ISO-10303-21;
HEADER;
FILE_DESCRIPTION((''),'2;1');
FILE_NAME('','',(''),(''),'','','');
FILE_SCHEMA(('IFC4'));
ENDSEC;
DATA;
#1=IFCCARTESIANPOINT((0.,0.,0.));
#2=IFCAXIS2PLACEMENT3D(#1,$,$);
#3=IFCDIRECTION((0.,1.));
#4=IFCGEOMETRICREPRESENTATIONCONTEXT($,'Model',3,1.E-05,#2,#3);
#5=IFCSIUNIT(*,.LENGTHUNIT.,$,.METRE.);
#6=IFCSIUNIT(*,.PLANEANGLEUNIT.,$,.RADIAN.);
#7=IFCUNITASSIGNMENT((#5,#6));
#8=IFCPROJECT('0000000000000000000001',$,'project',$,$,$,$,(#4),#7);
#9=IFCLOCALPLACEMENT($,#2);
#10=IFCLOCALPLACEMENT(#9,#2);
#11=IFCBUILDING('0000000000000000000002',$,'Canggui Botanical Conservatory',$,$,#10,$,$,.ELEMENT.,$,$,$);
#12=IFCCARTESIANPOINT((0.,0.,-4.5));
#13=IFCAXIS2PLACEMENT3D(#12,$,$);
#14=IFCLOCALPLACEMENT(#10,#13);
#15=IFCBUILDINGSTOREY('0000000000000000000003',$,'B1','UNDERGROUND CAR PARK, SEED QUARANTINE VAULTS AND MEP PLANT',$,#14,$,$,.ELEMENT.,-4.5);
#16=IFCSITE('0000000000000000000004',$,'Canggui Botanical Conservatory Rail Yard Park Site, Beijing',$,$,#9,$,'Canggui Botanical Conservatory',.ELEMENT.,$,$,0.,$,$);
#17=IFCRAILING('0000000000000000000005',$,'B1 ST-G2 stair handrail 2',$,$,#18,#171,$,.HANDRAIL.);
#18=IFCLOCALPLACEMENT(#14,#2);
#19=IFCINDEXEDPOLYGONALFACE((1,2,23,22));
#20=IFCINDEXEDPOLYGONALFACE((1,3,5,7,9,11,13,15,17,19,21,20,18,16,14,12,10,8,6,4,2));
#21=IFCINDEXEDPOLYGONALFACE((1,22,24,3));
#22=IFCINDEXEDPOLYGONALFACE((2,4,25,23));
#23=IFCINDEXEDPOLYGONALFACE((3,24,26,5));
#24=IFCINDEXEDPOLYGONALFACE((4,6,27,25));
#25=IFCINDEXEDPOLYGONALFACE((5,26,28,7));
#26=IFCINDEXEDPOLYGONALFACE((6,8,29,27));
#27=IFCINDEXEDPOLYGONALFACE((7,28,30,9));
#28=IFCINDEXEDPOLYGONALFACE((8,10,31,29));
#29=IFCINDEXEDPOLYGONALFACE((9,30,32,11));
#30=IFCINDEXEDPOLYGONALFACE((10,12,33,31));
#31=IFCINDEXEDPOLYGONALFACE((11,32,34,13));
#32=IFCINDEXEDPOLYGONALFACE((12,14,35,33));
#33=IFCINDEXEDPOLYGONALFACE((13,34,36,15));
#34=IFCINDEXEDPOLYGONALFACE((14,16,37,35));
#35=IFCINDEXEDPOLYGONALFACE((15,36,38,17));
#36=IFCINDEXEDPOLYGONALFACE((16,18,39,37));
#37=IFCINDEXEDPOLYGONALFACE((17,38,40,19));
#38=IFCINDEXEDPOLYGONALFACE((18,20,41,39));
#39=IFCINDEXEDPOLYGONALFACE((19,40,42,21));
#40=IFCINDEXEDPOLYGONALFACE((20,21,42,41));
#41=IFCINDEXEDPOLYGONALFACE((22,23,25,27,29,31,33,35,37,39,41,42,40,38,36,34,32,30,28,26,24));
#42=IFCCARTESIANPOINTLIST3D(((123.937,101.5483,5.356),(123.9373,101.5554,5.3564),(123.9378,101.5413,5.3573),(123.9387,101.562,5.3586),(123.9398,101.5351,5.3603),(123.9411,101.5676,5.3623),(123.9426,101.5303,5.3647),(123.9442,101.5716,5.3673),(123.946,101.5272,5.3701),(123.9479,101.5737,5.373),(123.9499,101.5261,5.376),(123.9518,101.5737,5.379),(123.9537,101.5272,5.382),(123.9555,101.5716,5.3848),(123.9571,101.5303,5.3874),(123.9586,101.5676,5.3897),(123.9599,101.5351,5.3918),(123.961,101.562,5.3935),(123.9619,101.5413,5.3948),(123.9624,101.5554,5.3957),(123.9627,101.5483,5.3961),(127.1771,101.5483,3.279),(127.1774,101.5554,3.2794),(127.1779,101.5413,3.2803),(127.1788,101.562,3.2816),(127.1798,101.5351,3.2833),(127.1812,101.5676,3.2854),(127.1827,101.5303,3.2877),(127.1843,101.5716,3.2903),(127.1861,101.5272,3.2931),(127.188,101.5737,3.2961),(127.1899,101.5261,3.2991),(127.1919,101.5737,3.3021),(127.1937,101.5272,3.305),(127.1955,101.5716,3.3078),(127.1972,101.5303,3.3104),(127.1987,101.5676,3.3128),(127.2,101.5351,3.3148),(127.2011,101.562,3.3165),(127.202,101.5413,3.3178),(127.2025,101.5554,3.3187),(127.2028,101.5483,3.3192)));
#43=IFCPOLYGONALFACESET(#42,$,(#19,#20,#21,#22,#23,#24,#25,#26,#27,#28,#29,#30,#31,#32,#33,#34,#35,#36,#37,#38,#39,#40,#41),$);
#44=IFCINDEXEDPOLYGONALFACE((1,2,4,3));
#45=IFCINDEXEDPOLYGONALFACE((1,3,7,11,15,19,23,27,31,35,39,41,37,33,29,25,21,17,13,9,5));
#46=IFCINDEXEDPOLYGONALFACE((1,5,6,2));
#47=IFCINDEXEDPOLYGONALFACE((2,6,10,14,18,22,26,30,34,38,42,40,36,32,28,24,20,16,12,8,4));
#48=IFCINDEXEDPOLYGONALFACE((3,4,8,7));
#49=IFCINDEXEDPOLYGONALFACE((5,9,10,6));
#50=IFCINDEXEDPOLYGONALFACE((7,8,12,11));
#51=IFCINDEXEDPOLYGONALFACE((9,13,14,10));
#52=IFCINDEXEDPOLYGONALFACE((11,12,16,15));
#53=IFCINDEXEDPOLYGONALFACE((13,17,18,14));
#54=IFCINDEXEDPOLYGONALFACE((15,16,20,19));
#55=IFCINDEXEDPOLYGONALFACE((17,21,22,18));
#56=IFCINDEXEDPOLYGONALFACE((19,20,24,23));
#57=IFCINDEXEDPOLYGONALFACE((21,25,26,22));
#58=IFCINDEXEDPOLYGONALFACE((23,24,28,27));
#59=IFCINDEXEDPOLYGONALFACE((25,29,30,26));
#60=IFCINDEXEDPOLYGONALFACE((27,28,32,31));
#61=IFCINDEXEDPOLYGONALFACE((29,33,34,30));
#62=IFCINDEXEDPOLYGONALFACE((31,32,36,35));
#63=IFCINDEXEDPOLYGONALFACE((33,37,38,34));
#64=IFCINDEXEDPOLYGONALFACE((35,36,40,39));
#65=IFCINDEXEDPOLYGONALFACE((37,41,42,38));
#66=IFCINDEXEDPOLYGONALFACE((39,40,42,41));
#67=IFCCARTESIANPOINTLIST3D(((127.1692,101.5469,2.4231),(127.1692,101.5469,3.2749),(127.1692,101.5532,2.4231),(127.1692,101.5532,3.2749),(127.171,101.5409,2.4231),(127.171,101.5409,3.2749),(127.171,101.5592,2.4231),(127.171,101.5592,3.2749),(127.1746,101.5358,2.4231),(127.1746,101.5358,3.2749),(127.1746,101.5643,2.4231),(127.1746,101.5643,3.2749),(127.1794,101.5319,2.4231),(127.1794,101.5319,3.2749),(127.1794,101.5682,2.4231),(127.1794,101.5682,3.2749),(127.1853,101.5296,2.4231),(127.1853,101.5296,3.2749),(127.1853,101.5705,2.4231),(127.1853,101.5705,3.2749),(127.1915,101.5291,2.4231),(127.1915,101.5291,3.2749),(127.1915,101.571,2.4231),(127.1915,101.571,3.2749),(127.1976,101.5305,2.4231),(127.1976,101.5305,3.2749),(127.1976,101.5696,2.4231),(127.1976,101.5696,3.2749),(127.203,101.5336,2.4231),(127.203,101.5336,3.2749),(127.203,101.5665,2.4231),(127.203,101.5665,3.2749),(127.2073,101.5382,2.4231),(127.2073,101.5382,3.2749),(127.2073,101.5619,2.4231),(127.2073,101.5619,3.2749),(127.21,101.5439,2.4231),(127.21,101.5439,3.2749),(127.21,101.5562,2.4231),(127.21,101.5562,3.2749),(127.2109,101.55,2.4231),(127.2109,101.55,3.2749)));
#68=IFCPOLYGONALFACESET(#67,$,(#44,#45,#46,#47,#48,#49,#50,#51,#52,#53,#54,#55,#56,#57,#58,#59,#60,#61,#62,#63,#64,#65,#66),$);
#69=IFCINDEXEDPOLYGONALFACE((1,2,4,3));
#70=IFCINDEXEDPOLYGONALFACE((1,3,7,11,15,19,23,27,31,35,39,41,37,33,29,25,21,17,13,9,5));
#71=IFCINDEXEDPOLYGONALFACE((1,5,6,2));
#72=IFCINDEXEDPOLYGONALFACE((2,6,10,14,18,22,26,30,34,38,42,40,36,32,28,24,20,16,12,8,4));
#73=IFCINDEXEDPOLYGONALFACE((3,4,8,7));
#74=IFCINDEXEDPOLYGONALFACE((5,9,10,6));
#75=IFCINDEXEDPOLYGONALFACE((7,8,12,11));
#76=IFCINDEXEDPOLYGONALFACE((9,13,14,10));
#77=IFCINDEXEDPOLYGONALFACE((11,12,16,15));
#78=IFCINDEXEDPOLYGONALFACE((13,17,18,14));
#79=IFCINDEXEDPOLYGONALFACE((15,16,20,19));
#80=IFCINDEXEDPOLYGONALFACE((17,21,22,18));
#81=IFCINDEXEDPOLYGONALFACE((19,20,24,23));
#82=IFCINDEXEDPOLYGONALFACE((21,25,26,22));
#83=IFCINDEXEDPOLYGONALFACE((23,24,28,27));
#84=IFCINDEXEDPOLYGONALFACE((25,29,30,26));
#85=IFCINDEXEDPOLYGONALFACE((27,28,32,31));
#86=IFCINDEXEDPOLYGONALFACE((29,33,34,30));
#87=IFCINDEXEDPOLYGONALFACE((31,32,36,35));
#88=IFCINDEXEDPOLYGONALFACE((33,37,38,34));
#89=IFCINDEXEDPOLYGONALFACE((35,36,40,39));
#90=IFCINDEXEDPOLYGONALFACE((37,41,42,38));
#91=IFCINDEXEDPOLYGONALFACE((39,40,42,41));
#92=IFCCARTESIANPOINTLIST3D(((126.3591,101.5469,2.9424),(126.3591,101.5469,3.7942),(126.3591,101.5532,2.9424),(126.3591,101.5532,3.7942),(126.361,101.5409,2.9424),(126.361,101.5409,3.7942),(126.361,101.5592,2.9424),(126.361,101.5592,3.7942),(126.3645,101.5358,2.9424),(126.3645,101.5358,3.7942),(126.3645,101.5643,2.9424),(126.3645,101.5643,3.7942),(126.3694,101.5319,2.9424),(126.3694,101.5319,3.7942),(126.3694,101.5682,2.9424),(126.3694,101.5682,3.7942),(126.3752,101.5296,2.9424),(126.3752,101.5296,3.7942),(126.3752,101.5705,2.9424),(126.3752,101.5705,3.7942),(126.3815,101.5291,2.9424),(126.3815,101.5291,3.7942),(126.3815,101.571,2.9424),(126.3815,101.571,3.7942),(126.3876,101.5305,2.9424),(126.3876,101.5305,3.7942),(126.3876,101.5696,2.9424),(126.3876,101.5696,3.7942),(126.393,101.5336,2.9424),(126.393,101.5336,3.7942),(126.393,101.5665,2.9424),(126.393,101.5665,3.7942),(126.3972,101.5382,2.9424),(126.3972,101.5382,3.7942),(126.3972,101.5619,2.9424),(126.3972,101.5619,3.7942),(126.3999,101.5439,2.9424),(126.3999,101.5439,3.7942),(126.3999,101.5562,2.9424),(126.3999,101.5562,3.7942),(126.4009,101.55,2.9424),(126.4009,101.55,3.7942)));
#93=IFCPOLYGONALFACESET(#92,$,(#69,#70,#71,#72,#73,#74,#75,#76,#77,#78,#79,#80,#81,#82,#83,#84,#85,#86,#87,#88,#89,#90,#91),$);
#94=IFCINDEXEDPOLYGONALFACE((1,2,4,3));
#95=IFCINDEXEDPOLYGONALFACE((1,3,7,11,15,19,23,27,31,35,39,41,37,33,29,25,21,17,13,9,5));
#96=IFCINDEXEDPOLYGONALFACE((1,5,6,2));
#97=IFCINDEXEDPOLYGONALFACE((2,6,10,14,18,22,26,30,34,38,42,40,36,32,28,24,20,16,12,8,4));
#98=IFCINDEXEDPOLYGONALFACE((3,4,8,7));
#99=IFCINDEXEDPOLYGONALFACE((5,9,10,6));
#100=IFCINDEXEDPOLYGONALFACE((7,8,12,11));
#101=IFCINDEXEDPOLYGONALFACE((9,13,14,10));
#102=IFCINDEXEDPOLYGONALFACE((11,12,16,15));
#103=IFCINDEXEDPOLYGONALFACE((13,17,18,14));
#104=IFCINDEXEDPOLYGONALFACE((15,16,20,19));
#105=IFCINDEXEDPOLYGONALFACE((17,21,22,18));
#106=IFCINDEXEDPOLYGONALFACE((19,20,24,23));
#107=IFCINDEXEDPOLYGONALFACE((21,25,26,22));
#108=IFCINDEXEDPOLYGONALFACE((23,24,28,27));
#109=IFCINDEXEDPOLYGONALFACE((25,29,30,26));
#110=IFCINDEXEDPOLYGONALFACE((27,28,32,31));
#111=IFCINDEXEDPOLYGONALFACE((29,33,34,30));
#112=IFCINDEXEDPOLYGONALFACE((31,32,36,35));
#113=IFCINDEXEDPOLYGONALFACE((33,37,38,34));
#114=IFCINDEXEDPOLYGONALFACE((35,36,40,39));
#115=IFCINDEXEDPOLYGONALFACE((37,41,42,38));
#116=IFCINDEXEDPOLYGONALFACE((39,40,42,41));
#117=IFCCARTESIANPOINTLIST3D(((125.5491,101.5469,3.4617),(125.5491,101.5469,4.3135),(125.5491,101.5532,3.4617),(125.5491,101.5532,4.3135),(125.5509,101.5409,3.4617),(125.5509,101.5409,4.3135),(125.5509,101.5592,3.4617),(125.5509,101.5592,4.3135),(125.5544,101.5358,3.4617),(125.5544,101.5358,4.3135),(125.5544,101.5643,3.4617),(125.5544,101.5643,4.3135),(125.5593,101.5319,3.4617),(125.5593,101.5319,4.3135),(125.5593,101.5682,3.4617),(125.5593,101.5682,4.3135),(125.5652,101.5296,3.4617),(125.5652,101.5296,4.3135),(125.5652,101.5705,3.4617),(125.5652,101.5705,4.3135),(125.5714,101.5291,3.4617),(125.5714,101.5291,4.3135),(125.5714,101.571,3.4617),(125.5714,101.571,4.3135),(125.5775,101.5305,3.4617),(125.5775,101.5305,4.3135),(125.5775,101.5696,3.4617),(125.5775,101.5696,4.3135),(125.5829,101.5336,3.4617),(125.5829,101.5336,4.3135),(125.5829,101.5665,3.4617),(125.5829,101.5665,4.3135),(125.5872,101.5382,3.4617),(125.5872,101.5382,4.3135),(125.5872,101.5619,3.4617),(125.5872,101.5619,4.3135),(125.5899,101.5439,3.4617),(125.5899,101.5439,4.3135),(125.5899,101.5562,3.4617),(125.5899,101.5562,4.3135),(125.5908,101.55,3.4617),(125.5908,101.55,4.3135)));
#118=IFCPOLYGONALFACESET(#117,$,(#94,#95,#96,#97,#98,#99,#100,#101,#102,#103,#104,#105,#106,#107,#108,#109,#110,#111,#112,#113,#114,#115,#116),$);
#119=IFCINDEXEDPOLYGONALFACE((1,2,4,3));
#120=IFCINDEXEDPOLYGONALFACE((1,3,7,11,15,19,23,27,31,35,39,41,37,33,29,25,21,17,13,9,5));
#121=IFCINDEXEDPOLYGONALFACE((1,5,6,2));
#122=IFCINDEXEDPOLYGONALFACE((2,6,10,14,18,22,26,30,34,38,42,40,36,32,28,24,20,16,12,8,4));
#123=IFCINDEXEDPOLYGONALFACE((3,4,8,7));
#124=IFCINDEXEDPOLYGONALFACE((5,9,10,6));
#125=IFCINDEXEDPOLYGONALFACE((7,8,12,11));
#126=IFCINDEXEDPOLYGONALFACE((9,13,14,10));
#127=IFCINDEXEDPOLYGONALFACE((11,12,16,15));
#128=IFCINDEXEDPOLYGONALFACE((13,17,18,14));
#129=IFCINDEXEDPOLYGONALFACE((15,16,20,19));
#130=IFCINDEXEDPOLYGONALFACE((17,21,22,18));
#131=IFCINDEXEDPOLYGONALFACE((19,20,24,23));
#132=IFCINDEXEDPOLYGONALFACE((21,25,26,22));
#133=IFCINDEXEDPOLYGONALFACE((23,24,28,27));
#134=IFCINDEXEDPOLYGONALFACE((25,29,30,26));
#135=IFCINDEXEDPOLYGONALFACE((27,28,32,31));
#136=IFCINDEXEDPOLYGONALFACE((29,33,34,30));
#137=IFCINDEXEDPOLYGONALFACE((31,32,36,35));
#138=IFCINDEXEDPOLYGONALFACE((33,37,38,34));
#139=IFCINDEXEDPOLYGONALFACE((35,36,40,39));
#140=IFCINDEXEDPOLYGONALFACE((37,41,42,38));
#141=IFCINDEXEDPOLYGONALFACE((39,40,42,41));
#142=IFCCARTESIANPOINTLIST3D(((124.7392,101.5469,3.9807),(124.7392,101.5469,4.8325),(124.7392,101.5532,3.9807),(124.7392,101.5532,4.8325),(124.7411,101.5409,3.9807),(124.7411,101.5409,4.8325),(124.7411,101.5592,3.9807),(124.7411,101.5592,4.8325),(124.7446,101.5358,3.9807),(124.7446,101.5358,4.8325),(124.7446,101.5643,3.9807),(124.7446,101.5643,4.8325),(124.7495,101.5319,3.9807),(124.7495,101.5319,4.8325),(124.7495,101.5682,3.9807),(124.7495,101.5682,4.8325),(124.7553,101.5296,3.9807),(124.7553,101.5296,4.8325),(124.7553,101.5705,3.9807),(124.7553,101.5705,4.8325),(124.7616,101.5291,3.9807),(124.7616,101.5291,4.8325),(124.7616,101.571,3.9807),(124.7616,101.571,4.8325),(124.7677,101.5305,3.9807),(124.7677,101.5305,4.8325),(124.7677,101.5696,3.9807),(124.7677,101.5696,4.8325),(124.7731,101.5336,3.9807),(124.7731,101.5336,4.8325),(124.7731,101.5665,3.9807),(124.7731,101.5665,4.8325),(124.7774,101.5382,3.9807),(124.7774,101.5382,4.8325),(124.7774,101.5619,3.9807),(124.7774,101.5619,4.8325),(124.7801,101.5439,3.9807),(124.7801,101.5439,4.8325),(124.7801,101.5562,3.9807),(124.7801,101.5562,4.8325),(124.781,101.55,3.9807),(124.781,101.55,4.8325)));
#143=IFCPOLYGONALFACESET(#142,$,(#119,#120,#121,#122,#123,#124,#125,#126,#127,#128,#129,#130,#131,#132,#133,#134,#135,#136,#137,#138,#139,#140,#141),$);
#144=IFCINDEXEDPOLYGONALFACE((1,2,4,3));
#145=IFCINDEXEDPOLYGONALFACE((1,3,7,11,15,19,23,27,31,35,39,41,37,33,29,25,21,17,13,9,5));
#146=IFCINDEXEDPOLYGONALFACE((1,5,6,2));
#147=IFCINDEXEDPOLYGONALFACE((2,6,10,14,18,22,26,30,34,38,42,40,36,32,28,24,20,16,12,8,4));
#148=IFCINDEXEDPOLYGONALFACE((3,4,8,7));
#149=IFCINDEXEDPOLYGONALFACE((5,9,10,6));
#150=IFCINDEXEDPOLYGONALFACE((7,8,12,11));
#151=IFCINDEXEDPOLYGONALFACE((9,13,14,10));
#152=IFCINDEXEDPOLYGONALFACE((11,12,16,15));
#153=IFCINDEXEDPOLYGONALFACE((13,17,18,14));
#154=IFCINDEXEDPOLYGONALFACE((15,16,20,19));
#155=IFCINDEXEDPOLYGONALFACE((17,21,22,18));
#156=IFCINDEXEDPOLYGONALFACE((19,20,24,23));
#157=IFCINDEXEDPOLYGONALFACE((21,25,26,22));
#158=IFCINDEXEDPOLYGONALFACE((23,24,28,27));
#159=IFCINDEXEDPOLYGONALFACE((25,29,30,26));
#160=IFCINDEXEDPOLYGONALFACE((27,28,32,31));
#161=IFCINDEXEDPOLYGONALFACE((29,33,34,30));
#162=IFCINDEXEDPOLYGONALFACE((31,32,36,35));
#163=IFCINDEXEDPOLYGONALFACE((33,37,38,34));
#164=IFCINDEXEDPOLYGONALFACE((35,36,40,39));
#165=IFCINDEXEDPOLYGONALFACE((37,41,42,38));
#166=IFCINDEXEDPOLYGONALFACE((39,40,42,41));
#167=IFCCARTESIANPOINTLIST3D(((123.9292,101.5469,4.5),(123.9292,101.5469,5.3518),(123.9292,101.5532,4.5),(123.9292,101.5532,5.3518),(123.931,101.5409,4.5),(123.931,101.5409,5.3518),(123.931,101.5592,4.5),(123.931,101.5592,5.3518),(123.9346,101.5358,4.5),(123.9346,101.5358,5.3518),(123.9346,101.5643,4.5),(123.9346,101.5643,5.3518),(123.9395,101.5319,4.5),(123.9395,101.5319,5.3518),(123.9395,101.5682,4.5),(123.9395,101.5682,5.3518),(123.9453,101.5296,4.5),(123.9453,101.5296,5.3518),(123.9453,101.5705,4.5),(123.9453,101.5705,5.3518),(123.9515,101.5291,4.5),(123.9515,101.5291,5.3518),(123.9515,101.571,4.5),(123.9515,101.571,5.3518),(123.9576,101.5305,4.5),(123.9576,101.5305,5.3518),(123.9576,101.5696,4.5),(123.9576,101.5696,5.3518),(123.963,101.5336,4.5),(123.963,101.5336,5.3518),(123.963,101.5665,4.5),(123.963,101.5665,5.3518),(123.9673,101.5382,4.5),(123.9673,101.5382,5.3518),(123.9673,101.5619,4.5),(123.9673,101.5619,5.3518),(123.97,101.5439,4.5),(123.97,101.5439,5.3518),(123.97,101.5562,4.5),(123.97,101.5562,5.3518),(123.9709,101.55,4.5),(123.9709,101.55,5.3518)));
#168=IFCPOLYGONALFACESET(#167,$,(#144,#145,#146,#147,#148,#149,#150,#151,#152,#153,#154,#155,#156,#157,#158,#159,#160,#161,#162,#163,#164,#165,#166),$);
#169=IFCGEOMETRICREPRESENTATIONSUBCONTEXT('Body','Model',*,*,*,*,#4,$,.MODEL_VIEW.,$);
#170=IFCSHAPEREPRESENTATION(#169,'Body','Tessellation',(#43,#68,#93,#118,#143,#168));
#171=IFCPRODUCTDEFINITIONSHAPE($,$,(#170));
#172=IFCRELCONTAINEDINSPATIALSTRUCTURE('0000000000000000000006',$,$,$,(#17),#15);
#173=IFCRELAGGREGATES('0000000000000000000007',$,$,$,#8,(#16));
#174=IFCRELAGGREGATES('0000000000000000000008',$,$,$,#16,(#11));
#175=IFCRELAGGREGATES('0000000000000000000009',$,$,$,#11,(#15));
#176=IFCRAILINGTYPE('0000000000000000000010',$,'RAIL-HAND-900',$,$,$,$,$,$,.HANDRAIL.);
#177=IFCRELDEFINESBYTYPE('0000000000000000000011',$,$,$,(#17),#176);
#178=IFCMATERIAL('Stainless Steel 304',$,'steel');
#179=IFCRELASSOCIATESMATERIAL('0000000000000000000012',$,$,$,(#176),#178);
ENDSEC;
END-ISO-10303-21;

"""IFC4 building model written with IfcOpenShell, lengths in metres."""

from ifc_helpers import new_model, si_unit, direction, frame, origin, origin_2d, place, context, subcontext, project, spatial, circle, extrude, material, type_object, element, save


model = new_model("IFC4")

# Units and contexts
model_context = context("Model", 3, precision=1e-05, world=origin(), true_north=direction((0.0, 1.0)))
body_context = subcontext(model_context, "Body", "Model", "MODEL_VIEW")
ifc_project = project(units=[si_unit("LENGTHUNIT", "METRE"), si_unit("PLANEANGLEUNIT", "RADIAN")], contexts=[model_context])

# Site, building, storey
site_placement = place(None, origin())
site = spatial("IfcSite", under=ifc_project, at=site_placement, Name="Canggui Botanical Conservatory Rail Yard Park Site, Beijing", LongName="Canggui Botanical Conservatory", CompositionType="ELEMENT", RefElevation=0.0)
building_placement = place(site_placement, origin())
building = spatial("IfcBuilding", under=site, at=building_placement, Name="Canggui Botanical Conservatory", CompositionType="ELEMENT")
storey_placement = place(building_placement, frame((0.0, 0.0, -4.5)))
storey = spatial("IfcBuildingStorey", under=building, at=storey_placement, Name="B1", Description="UNDERGROUND CAR PARK, SEED QUARANTINE VAULTS AND MEP PLANT", CompositionType="ELEMENT", Elevation=-4.5)

# Railing
ifc_material_1 = material(Name="Stainless Steel 304", Category="steel")
railing_type_1 = type_object("IfcRailingType", Name="RAIL-HAND-900", PredefinedType="HANDRAIL", material=ifc_material_1)
railing_1_placement = place(storey_placement, frame((127.1899, 101.55, 2.4231)))
element("IfcRailing", 1, at=railing_1_placement, inside=storey, type_object=railing_type_1, Name="B1 ST-G2 stair handrail 2", PredefinedType="HANDRAIL", context=body_context, shape_type="SweptSolid", body=[
    extrude(circle(Radius=0.0239, at=origin_2d()), frame((0.0, 0.0, 0.876), z_axis=(-0.841881, 0.0, 0.539664), x_axis=(0.0, -1.0, 0.0)), (0.0, 0.0, 1.0), 3.8486),
    extrude(circle(Radius=0.021, at=origin_2d()), origin(), (0.0, 0.0, 1.0), 0.8518),
    extrude(circle(Radius=0.021, at=origin_2d()), frame((-0.8101, 0.0, 0.5193)), (0.0, 0.0, 1.0), 0.8518),
    extrude(circle(Radius=0.021, at=origin_2d()), frame((-1.6201, 0.0, 1.0386)), (0.0, 0.0, 1.0), 0.8518),
    extrude(circle(Radius=0.021, at=origin_2d()), frame((-2.4299, 0.0, 1.5576)), (0.0, 0.0, 1.0), 0.8518),
    extrude(circle(Radius=0.021, at=origin_2d()), frame((-3.24, 0.0, 2.0769)), (0.0, 0.0, 1.0), 0.8518),
])

save(model, "model.ifc")
